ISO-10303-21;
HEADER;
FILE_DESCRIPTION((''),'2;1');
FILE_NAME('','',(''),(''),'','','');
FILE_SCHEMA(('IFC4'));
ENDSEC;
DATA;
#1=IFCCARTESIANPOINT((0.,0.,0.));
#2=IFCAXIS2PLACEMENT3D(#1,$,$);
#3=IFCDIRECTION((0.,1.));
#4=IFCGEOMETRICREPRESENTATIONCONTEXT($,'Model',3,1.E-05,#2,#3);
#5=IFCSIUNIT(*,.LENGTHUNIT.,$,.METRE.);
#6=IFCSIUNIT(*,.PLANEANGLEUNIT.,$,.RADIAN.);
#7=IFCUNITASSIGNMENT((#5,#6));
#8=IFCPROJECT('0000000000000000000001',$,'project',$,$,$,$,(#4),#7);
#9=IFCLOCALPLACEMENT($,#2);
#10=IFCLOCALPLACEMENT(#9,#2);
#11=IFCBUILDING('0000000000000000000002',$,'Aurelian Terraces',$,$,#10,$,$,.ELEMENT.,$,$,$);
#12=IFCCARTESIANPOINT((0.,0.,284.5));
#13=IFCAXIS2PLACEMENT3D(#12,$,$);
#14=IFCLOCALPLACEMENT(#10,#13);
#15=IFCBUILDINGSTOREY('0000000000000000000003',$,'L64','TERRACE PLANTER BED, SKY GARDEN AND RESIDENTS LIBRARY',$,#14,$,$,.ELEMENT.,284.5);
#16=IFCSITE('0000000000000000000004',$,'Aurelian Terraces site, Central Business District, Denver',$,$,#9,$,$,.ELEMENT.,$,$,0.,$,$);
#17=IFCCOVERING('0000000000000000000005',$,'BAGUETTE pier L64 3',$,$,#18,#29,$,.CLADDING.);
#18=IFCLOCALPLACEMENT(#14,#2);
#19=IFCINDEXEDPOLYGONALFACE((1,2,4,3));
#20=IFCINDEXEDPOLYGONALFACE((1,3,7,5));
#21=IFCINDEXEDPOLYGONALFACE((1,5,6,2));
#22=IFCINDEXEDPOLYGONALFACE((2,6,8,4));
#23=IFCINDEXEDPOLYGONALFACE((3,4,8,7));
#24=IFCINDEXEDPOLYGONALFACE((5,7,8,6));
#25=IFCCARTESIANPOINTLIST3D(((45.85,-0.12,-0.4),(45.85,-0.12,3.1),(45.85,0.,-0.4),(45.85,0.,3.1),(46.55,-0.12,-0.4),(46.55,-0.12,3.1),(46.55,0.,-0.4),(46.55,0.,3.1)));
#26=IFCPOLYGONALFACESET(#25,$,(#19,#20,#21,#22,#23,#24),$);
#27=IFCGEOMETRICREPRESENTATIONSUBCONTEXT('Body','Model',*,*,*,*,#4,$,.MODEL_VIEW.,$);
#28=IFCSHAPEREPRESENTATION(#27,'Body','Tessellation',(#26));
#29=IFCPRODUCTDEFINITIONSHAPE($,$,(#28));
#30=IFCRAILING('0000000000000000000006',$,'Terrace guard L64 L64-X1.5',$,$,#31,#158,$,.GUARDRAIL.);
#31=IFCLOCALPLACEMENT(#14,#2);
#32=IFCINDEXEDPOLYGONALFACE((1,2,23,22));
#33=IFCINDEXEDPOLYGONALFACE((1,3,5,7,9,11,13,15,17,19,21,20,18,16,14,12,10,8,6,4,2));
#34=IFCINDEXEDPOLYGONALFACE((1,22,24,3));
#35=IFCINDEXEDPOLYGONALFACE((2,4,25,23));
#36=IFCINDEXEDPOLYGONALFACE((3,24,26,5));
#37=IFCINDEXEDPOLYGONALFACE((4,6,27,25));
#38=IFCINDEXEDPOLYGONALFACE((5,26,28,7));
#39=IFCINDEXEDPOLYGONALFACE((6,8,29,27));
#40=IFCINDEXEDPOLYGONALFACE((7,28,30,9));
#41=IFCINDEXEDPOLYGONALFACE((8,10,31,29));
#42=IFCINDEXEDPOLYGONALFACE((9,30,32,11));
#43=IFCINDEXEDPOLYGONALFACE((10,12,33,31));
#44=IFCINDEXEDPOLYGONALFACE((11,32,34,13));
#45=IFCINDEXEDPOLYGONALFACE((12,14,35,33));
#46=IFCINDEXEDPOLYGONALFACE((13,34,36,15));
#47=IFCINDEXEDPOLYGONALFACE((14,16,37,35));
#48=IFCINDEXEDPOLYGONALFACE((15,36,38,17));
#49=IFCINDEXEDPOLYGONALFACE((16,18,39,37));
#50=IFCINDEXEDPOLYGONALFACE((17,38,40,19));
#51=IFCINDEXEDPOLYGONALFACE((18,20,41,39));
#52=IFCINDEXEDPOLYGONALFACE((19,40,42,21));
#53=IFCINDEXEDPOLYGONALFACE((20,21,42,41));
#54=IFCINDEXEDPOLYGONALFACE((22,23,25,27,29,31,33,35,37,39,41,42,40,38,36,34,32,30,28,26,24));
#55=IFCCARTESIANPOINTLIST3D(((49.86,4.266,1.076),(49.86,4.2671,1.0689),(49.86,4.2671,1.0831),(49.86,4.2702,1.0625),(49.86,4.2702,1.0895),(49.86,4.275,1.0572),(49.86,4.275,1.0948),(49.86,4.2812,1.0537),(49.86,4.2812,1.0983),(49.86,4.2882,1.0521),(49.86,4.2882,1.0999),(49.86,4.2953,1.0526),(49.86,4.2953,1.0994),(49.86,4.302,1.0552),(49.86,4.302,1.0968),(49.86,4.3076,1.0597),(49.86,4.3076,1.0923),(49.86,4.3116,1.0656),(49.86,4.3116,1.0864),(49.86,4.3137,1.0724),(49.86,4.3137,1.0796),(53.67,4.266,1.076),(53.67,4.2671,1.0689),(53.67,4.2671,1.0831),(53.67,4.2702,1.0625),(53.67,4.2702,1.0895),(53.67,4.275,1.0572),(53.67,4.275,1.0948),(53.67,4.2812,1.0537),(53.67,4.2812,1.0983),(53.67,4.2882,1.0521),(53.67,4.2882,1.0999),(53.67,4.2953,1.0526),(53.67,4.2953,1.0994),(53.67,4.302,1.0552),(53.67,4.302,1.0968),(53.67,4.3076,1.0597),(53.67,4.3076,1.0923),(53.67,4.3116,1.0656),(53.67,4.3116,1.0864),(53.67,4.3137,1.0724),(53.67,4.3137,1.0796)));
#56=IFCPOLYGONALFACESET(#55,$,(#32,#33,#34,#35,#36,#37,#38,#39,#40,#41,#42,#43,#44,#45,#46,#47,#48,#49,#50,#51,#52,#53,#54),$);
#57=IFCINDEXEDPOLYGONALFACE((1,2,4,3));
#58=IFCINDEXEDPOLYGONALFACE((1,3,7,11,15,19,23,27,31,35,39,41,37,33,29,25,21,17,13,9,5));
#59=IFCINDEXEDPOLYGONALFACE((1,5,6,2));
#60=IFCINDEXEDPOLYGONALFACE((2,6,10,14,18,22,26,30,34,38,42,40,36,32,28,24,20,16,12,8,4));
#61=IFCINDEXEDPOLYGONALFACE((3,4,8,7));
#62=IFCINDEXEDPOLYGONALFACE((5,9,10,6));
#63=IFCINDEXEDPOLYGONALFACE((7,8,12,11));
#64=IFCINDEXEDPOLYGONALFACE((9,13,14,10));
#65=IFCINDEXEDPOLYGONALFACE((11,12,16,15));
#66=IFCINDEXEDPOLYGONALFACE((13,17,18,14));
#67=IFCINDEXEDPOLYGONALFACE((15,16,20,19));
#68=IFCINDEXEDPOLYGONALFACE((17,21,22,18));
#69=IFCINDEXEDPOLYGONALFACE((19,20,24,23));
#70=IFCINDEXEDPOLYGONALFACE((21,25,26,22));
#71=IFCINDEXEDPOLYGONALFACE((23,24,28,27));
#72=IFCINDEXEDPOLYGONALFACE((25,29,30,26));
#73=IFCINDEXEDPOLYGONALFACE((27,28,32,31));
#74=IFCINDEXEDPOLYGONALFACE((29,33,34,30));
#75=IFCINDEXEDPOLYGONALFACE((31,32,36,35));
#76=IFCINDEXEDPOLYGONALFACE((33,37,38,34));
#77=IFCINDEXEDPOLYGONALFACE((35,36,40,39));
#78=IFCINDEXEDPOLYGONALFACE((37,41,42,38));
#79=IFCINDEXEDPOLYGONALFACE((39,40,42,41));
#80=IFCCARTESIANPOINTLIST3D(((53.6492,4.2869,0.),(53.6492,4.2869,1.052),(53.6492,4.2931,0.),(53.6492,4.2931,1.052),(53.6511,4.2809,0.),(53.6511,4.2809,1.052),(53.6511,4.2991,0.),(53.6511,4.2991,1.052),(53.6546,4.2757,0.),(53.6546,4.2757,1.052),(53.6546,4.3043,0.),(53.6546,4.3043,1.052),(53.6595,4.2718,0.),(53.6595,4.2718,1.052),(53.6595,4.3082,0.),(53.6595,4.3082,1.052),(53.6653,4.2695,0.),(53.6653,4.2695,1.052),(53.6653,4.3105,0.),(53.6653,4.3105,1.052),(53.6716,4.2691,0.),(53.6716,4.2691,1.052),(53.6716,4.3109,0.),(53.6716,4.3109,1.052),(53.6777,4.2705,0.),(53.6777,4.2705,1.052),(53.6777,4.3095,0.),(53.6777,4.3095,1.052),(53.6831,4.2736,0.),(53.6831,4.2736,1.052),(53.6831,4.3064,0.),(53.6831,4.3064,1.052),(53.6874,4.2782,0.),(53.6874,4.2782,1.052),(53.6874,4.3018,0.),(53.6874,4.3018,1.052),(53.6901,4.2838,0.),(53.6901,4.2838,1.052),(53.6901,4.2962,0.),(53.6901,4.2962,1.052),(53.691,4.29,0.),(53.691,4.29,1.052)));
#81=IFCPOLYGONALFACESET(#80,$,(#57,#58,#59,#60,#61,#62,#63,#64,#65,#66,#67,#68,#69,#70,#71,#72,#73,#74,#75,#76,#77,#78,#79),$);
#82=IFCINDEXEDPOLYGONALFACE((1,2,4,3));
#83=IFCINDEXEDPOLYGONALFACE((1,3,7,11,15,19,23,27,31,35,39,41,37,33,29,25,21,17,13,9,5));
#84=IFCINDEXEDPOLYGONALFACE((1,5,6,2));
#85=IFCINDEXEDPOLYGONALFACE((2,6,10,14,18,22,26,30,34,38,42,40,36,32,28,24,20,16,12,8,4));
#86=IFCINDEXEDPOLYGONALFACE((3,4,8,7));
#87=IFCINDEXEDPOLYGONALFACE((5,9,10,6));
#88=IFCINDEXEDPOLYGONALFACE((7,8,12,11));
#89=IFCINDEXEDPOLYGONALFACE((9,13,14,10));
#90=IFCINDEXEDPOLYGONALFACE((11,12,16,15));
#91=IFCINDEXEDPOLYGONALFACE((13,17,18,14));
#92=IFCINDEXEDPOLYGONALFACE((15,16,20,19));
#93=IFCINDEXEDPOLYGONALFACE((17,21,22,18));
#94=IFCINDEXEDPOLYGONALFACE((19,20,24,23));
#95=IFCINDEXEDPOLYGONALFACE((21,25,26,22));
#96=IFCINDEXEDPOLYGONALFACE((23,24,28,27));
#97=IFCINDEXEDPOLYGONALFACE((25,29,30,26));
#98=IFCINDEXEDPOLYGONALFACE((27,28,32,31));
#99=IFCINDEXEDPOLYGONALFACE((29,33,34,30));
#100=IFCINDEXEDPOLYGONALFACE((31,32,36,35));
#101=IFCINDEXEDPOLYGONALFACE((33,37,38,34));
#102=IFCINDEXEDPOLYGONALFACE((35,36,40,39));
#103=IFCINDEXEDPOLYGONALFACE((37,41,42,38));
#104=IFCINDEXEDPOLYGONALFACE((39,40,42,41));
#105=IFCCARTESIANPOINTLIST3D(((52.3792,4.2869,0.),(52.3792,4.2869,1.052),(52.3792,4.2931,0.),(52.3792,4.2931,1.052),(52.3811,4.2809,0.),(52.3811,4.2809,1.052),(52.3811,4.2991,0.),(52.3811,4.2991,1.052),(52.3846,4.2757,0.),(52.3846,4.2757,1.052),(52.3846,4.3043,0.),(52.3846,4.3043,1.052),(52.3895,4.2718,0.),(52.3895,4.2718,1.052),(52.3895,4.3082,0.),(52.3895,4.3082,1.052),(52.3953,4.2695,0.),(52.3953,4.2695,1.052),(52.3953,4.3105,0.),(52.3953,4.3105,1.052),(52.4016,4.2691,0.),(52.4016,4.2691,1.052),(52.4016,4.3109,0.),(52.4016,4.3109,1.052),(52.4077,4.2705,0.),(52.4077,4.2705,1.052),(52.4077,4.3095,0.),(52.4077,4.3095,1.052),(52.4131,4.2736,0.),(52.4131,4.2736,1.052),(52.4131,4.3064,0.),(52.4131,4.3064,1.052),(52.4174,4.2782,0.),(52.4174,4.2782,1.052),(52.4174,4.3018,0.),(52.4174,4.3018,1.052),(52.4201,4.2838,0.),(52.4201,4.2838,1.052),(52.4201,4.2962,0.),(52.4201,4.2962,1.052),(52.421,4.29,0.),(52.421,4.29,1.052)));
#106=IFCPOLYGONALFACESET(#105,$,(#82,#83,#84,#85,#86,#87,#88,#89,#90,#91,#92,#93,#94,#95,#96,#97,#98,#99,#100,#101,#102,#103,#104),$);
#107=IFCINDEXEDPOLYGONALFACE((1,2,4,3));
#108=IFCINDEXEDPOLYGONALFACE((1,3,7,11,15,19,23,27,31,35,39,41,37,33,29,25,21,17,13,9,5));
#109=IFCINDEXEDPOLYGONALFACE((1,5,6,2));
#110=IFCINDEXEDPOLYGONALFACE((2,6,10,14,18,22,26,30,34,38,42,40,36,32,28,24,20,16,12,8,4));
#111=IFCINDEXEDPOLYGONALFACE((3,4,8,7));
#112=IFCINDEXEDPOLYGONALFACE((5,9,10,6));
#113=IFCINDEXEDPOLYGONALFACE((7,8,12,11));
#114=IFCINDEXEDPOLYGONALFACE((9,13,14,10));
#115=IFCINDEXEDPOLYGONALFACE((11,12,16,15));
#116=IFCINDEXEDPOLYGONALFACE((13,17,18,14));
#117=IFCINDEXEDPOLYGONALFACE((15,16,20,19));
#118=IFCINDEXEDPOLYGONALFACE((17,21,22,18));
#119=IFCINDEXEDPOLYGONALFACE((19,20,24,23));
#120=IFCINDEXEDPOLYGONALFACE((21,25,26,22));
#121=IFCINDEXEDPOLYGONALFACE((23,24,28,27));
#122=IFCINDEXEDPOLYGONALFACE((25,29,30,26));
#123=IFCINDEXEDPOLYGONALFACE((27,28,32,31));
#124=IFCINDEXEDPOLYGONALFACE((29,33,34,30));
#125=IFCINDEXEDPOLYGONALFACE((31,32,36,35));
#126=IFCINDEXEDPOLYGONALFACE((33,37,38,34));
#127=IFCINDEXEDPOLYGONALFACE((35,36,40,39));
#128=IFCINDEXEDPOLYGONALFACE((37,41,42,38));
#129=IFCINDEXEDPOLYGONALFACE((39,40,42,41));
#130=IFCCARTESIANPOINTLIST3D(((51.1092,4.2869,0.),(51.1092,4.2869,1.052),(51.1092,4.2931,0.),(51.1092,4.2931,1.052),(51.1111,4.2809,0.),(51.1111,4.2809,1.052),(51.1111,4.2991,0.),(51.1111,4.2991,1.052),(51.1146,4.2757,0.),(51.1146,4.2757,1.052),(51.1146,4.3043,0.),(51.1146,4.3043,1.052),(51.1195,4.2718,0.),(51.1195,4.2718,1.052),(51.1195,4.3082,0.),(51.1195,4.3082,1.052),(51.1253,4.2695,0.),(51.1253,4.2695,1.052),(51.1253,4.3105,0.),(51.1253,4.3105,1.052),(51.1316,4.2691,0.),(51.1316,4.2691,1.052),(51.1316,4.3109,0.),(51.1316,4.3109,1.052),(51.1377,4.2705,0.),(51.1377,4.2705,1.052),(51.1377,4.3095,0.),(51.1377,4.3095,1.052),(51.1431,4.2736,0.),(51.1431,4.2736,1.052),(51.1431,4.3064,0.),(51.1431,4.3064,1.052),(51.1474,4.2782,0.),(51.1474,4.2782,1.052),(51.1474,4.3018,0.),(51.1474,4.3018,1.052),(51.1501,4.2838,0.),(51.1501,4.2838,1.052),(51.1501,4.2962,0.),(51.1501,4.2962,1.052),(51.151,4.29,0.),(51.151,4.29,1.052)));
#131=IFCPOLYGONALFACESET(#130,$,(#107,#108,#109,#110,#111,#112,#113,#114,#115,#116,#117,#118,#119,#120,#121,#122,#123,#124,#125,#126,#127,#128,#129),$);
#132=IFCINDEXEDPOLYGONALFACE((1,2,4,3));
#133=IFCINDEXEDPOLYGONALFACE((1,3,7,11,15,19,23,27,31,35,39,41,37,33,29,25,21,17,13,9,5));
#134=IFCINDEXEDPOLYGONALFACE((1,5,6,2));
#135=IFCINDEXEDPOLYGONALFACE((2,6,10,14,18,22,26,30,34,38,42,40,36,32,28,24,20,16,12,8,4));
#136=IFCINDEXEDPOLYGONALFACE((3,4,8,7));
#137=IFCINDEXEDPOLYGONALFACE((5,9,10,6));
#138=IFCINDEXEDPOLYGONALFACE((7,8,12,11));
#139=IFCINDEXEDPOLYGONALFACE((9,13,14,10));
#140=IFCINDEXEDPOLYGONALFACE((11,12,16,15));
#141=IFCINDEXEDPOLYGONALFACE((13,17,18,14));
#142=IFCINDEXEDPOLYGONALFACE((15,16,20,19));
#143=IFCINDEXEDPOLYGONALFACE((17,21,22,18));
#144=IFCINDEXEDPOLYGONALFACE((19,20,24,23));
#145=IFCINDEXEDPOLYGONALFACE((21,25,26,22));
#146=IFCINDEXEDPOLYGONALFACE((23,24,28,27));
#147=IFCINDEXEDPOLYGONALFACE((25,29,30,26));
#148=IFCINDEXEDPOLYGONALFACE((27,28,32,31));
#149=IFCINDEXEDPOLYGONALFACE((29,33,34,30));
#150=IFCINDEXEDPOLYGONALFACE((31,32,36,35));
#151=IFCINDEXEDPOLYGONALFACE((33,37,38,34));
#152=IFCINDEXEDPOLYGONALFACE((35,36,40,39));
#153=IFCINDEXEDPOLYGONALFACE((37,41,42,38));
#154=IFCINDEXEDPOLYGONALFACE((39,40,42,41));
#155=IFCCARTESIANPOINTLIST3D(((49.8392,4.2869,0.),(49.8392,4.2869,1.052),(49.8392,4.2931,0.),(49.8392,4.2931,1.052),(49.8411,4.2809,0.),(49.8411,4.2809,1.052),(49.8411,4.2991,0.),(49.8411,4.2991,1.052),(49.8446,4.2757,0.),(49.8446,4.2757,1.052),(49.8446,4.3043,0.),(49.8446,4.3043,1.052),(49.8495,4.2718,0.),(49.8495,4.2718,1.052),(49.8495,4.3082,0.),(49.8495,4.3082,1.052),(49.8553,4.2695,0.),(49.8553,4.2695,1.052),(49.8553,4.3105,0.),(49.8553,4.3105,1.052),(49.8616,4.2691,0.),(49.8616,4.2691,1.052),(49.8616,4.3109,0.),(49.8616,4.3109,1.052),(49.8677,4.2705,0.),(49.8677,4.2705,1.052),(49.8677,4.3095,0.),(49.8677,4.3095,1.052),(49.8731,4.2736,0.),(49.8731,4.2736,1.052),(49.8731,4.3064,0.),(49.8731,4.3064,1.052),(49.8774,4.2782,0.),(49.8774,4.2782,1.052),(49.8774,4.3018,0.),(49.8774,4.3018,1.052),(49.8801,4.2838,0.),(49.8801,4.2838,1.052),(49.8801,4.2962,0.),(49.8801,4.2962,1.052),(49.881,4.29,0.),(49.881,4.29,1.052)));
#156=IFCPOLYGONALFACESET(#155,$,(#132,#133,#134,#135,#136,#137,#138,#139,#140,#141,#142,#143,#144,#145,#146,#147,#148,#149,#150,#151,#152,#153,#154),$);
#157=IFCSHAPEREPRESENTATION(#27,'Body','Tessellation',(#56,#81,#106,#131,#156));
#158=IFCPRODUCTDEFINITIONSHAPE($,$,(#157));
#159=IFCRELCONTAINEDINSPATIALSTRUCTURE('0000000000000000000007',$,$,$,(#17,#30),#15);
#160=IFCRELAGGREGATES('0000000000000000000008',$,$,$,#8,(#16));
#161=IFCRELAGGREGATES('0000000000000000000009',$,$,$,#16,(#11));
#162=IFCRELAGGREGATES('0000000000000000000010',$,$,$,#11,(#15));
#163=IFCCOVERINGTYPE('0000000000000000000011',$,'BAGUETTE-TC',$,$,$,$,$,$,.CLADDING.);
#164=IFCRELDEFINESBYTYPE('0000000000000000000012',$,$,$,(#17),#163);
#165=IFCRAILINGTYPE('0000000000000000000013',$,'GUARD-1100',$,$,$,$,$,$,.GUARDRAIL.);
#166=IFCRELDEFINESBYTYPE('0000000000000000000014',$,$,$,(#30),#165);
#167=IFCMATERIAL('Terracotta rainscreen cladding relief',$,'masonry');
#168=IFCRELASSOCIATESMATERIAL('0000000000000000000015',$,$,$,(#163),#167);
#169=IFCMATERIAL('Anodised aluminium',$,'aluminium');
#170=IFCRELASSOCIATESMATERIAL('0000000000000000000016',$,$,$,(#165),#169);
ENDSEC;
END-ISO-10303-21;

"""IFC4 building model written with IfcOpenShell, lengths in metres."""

from ifc_helpers import new_model, si_unit, direction, frame, origin, origin_2d, place, context, subcontext, project, spatial, rectangle, circle, extrude, source, transform, mapped, material, type_object, element, save


model = new_model("IFC4")

# Units and contexts
model_context = context("Model", 3, precision=1e-05, world=origin(), true_north=direction((0.0, 1.0)))
body_context = subcontext(model_context, "Body", "Model", "MODEL_VIEW")
ifc_project = project(units=[si_unit("LENGTHUNIT", "METRE"), si_unit("PLANEANGLEUNIT", "RADIAN")], contexts=[model_context])

# Site, building, storey
site_placement = place(None, origin())
site = spatial("IfcSite", under=ifc_project, at=site_placement, Name="Aurelian Terraces site, Central Business District, Denver", CompositionType="ELEMENT", RefElevation=0.0)
building_placement = place(site_placement, origin())
building = spatial("IfcBuilding", under=site, at=building_placement, Name="Aurelian Terraces", CompositionType="ELEMENT")
storey_placement = place(building_placement, frame((0.0, 0.0, 284.5)))
storey = spatial("IfcBuildingStorey", under=building, at=storey_placement, Name="L64", Description="TERRACE PLANTER BED, SKY GARDEN AND RESIDENTS LIBRARY", CompositionType="ELEMENT", Elevation=284.5)

# Covering
ifc_material_1 = material(Name="Terracotta rainscreen cladding relief", Category="masonry")
covering_type_1 = type_object("IfcCoveringType", Name="BAGUETTE-TC", PredefinedType="CLADDING", material=ifc_material_1)
shared_shape_1 = source(origin(), body_context, "Body", "SweptSolid", [
    extrude(rectangle(XDim=0.7, YDim=0.12, at=origin_2d()), origin(), (0.0, 0.0, 1.0), 3.5),
])
covering_1_placement = place(storey_placement, frame((46.2, -0.06, -0.4), z_axis=(0.0, 0.0, 1.0), x_axis=(1.0, 0.0, 0.0)))
element("IfcCovering", 1, at=covering_1_placement, inside=storey, type_object=covering_type_1, Name="BAGUETTE pier L64 3", PredefinedType="CLADDING", context=body_context, shape_type="MappedRepresentation", body=[
    mapped(shared_shape_1, transform((0.0, 0.0, 0.0), scale=1.0)),
])

# Railing
ifc_material_2 = material(Name="Anodised aluminium", Category="aluminium")
railing_type = type_object("IfcRailingType", Name="GUARD-1100", PredefinedType="GUARDRAIL", material=ifc_material_2)
shared_shape_2 = source(origin(), body_context, "Body", "SweptSolid", [
    extrude(circle(Radius=0.024, at=origin_2d()), frame((0.0, 0.0, 1.076), z_axis=(-1.0, 0.0, 0.0), x_axis=(0.0, -1.0, 0.0)), (0.0, 0.0, 1.0), 3.81),
    extrude(circle(Radius=0.021, at=origin_2d()), origin(), (0.0, 0.0, 1.0), 1.052),
    extrude(circle(Radius=0.021, at=origin_2d()), frame((-1.27, 0.0, 0.0)), (0.0, 0.0, 1.0), 1.052),
    extrude(circle(Radius=0.021, at=origin_2d()), frame((-2.54, 0.0, 0.0)), (0.0, 0.0, 1.0), 1.052),
    extrude(circle(Radius=0.021, at=origin_2d()), frame((-3.81, 0.0, 0.0)), (0.0, 0.0, 1.0), 1.052),
])
railing_placement = place(storey_placement, frame((53.67, 4.29, 0.0)))
element("IfcRailing", 2, at=railing_placement, inside=storey, type_object=railing_type, Name="Terrace guard L64 L64-X1.5", PredefinedType="GUARDRAIL", context=body_context, shape_type="MappedRepresentation", body=[
    mapped(shared_shape_2, transform((0.0, 0.0, 0.0), scale=1.0)),
])

save(model, "model.ifc")
